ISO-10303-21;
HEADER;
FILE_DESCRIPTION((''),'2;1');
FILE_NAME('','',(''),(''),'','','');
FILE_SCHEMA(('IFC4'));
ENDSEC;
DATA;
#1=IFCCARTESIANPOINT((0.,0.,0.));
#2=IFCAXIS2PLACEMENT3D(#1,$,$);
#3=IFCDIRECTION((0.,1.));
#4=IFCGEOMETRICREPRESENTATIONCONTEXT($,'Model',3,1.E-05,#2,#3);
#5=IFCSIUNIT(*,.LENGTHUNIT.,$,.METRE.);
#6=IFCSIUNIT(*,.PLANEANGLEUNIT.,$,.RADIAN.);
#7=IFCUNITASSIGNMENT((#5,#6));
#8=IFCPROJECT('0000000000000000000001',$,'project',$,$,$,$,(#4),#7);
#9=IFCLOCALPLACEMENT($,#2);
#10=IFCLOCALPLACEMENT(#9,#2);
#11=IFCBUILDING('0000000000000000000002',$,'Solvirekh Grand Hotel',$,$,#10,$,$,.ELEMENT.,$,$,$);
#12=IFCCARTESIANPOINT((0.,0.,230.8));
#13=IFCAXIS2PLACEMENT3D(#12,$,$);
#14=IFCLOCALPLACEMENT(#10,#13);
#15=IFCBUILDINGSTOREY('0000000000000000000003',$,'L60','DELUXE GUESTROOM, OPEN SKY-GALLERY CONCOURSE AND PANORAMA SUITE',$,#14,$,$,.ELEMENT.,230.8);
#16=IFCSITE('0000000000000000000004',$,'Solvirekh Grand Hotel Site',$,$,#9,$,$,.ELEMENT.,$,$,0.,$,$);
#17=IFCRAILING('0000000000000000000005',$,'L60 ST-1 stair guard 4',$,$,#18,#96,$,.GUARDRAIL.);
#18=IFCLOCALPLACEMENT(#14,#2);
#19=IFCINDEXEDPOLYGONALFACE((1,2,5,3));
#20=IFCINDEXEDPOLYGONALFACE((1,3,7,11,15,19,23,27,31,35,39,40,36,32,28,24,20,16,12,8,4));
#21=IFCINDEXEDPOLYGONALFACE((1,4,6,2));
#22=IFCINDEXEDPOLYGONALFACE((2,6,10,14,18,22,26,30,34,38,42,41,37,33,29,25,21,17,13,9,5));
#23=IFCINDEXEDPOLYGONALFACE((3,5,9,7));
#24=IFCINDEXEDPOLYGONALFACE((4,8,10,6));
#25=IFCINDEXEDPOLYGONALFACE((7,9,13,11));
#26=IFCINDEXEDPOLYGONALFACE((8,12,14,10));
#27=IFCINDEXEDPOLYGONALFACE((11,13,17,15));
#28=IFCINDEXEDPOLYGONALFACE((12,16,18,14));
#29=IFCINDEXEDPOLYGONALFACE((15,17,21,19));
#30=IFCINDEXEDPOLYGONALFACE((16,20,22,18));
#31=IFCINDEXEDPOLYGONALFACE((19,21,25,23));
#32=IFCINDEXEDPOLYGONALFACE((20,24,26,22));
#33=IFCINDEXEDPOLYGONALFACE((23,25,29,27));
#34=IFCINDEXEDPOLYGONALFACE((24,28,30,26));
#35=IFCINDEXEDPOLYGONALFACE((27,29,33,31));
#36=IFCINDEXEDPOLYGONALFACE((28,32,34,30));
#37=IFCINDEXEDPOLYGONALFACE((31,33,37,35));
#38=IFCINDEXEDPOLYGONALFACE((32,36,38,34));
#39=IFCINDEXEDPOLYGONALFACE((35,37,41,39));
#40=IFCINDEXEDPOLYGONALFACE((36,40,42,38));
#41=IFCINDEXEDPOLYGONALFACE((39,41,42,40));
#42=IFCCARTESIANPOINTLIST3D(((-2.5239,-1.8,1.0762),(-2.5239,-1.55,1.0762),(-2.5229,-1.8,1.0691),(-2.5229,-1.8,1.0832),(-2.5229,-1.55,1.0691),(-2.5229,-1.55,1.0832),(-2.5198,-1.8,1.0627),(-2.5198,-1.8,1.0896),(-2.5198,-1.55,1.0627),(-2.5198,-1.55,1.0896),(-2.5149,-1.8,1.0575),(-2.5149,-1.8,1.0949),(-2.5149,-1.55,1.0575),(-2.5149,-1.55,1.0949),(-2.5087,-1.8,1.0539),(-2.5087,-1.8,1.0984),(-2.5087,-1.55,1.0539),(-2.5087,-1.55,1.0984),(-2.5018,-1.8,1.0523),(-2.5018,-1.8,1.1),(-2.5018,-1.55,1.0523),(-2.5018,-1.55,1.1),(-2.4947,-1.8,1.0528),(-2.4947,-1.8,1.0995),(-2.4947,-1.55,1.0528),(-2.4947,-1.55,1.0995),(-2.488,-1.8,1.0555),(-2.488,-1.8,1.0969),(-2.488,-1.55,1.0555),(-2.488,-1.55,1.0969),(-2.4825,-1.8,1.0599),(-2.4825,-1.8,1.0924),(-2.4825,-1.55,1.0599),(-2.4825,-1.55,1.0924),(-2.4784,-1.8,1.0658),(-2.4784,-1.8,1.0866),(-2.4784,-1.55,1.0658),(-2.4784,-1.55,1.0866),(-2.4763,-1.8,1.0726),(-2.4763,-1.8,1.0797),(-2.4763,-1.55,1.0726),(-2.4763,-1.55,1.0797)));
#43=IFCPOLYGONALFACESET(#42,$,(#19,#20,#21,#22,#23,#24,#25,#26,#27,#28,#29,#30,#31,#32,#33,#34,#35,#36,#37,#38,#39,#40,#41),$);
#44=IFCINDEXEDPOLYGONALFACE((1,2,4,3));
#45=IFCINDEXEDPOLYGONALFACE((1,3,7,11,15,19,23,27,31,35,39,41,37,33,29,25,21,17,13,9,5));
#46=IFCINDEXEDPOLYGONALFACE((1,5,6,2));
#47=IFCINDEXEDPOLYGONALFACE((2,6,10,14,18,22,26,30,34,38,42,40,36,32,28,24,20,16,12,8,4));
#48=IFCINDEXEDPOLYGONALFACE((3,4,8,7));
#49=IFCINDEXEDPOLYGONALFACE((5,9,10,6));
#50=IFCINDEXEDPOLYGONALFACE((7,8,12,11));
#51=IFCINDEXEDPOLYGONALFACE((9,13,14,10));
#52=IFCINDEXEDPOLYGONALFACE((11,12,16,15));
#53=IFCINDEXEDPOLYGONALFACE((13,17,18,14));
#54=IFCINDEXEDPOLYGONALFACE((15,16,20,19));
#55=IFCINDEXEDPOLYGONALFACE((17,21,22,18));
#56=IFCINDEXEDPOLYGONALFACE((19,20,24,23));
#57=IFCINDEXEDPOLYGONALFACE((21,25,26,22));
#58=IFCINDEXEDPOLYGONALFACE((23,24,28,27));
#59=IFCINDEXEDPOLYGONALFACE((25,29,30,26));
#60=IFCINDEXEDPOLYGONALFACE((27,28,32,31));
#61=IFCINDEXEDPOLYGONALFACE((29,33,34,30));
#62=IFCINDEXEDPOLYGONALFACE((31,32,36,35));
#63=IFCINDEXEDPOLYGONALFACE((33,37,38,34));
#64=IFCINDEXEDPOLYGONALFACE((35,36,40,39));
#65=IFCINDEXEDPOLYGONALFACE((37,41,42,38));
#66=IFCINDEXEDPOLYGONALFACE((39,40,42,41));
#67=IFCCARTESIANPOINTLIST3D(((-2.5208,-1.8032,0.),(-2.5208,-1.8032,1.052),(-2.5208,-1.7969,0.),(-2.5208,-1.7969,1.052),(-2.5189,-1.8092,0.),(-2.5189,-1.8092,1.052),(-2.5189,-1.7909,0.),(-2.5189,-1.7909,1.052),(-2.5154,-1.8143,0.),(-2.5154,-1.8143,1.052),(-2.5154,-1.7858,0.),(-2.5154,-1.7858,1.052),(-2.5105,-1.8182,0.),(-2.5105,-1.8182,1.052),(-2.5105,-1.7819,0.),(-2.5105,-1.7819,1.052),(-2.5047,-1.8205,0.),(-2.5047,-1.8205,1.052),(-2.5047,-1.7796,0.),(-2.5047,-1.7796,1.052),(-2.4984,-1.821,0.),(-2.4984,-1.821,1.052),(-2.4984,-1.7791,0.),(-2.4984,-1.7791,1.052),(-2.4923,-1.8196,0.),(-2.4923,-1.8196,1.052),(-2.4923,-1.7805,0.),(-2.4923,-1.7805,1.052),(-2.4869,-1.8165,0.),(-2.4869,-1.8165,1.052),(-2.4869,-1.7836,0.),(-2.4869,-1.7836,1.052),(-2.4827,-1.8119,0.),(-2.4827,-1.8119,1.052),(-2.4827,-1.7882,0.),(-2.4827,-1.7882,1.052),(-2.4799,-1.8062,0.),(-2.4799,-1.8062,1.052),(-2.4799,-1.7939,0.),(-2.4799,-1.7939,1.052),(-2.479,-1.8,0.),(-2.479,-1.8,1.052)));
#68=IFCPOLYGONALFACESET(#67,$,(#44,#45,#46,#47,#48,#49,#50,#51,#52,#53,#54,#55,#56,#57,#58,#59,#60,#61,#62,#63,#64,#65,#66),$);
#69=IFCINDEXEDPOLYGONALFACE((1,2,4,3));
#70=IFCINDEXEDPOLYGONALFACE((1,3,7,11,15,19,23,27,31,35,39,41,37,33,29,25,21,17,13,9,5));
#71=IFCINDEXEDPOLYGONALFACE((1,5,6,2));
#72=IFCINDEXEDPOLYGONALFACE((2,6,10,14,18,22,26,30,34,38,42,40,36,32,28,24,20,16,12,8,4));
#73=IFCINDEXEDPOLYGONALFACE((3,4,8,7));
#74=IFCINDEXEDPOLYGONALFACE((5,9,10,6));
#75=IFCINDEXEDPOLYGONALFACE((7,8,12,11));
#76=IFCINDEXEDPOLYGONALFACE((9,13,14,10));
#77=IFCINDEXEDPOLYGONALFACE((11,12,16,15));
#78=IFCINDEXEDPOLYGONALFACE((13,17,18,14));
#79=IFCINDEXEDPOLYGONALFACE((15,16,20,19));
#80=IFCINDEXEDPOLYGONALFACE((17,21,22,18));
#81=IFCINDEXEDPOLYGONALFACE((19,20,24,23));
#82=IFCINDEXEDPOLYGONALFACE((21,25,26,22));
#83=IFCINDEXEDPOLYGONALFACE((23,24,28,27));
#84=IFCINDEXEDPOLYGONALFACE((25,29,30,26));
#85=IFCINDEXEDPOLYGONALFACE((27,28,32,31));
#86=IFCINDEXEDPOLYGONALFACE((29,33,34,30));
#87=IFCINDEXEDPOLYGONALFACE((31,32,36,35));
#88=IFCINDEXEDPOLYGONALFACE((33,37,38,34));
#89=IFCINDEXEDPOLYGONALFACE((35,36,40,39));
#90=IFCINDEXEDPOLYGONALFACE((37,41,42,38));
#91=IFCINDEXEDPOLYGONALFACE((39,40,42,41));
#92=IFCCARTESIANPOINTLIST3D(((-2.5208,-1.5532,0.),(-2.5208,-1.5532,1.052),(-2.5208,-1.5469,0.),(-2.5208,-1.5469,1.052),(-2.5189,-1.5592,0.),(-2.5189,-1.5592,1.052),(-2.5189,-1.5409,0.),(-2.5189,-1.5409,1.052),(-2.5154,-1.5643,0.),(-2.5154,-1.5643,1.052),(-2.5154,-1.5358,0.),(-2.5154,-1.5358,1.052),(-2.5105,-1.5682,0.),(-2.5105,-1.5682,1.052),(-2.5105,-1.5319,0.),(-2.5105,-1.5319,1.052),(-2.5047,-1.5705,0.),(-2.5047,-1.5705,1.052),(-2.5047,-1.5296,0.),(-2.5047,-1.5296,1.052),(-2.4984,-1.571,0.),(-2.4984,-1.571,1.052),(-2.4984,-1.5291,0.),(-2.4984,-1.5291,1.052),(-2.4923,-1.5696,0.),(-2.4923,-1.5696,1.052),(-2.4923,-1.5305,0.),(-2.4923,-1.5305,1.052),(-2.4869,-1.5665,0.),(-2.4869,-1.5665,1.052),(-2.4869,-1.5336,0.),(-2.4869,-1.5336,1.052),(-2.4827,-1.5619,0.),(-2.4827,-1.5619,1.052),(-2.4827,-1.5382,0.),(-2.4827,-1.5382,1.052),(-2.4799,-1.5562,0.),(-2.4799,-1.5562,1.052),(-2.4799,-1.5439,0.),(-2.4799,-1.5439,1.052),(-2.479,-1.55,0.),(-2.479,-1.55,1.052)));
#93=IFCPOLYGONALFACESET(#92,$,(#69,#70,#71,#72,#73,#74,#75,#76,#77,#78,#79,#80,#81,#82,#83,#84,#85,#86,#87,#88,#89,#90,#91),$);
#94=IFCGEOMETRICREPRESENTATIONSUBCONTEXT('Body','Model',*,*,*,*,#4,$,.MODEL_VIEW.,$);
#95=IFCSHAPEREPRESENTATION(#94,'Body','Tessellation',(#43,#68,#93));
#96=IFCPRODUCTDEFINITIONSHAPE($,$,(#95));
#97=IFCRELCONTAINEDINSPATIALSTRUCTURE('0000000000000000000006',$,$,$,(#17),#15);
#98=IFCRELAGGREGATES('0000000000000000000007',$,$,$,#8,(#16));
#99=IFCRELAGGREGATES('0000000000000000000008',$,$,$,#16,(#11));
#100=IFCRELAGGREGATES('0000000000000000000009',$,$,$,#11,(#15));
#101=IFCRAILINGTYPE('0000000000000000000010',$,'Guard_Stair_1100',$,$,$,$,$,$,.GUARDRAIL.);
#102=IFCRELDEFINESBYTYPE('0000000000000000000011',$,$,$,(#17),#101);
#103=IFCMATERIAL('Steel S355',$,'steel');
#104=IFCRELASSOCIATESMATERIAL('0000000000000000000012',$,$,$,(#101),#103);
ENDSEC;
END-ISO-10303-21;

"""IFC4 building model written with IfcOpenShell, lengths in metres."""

from ifc_helpers import new_model, si_unit, direction, frame, origin, origin_2d, place, context, subcontext, project, spatial, circle, extrude, material, type_object, element, save


model = new_model("IFC4")

# Units and contexts
model_context = context("Model", 3, precision=1e-05, world=origin(), true_north=direction((0.0, 1.0)))
body_context = subcontext(model_context, "Body", "Model", "MODEL_VIEW")
ifc_project = project(units=[si_unit("LENGTHUNIT", "METRE"), si_unit("PLANEANGLEUNIT", "RADIAN")], contexts=[model_context])

# Site, building, storey
site_placement = place(None, origin())
site = spatial("IfcSite", under=ifc_project, at=site_placement, Name="Solvirekh Grand Hotel Site", CompositionType="ELEMENT", RefElevation=0.0)
building_placement = place(site_placement, origin())
building = spatial("IfcBuilding", under=site, at=building_placement, Name="Solvirekh Grand Hotel", CompositionType="ELEMENT")
storey_placement = place(building_placement, frame((0.0, 0.0, 230.8)))
storey = spatial("IfcBuildingStorey", under=building, at=storey_placement, Name="L60", Description="DELUXE GUESTROOM, OPEN SKY-GALLERY CONCOURSE AND PANORAMA SUITE", CompositionType="ELEMENT", Elevation=230.8)

# Railing
ifc_material_1 = material(Name="Steel S355", Category="steel")
railing_type_1 = type_object("IfcRailingType", Name="Guard_Stair_1100", PredefinedType="GUARDRAIL", material=ifc_material_1)
railing_1_placement = place(storey_placement, frame((-2.5, -1.8, 0.0)))
element("IfcRailing", 1, at=railing_1_placement, inside=storey, type_object=railing_type_1, Name="L60 ST-1 stair guard 4", PredefinedType="GUARDRAIL", context=body_context, shape_type="SweptSolid", body=[
    extrude(circle(Radius=0.0239, at=origin_2d()), frame((0.0, 0.0, 1.0762), z_axis=(0.0, 1.0, 0.0), x_axis=(-1.0, 0.0, 0.0)), (0.0, 0.0, 1.0), 0.25),
    extrude(circle(Radius=0.021, at=origin_2d()), origin(), (0.0, 0.0, 1.0), 1.052),
    extrude(circle(Radius=0.021, at=origin_2d()), frame((0.0, 0.25, 0.0)), (0.0, 0.0, 1.0), 1.052),
])

save(model, "model.ifc")
